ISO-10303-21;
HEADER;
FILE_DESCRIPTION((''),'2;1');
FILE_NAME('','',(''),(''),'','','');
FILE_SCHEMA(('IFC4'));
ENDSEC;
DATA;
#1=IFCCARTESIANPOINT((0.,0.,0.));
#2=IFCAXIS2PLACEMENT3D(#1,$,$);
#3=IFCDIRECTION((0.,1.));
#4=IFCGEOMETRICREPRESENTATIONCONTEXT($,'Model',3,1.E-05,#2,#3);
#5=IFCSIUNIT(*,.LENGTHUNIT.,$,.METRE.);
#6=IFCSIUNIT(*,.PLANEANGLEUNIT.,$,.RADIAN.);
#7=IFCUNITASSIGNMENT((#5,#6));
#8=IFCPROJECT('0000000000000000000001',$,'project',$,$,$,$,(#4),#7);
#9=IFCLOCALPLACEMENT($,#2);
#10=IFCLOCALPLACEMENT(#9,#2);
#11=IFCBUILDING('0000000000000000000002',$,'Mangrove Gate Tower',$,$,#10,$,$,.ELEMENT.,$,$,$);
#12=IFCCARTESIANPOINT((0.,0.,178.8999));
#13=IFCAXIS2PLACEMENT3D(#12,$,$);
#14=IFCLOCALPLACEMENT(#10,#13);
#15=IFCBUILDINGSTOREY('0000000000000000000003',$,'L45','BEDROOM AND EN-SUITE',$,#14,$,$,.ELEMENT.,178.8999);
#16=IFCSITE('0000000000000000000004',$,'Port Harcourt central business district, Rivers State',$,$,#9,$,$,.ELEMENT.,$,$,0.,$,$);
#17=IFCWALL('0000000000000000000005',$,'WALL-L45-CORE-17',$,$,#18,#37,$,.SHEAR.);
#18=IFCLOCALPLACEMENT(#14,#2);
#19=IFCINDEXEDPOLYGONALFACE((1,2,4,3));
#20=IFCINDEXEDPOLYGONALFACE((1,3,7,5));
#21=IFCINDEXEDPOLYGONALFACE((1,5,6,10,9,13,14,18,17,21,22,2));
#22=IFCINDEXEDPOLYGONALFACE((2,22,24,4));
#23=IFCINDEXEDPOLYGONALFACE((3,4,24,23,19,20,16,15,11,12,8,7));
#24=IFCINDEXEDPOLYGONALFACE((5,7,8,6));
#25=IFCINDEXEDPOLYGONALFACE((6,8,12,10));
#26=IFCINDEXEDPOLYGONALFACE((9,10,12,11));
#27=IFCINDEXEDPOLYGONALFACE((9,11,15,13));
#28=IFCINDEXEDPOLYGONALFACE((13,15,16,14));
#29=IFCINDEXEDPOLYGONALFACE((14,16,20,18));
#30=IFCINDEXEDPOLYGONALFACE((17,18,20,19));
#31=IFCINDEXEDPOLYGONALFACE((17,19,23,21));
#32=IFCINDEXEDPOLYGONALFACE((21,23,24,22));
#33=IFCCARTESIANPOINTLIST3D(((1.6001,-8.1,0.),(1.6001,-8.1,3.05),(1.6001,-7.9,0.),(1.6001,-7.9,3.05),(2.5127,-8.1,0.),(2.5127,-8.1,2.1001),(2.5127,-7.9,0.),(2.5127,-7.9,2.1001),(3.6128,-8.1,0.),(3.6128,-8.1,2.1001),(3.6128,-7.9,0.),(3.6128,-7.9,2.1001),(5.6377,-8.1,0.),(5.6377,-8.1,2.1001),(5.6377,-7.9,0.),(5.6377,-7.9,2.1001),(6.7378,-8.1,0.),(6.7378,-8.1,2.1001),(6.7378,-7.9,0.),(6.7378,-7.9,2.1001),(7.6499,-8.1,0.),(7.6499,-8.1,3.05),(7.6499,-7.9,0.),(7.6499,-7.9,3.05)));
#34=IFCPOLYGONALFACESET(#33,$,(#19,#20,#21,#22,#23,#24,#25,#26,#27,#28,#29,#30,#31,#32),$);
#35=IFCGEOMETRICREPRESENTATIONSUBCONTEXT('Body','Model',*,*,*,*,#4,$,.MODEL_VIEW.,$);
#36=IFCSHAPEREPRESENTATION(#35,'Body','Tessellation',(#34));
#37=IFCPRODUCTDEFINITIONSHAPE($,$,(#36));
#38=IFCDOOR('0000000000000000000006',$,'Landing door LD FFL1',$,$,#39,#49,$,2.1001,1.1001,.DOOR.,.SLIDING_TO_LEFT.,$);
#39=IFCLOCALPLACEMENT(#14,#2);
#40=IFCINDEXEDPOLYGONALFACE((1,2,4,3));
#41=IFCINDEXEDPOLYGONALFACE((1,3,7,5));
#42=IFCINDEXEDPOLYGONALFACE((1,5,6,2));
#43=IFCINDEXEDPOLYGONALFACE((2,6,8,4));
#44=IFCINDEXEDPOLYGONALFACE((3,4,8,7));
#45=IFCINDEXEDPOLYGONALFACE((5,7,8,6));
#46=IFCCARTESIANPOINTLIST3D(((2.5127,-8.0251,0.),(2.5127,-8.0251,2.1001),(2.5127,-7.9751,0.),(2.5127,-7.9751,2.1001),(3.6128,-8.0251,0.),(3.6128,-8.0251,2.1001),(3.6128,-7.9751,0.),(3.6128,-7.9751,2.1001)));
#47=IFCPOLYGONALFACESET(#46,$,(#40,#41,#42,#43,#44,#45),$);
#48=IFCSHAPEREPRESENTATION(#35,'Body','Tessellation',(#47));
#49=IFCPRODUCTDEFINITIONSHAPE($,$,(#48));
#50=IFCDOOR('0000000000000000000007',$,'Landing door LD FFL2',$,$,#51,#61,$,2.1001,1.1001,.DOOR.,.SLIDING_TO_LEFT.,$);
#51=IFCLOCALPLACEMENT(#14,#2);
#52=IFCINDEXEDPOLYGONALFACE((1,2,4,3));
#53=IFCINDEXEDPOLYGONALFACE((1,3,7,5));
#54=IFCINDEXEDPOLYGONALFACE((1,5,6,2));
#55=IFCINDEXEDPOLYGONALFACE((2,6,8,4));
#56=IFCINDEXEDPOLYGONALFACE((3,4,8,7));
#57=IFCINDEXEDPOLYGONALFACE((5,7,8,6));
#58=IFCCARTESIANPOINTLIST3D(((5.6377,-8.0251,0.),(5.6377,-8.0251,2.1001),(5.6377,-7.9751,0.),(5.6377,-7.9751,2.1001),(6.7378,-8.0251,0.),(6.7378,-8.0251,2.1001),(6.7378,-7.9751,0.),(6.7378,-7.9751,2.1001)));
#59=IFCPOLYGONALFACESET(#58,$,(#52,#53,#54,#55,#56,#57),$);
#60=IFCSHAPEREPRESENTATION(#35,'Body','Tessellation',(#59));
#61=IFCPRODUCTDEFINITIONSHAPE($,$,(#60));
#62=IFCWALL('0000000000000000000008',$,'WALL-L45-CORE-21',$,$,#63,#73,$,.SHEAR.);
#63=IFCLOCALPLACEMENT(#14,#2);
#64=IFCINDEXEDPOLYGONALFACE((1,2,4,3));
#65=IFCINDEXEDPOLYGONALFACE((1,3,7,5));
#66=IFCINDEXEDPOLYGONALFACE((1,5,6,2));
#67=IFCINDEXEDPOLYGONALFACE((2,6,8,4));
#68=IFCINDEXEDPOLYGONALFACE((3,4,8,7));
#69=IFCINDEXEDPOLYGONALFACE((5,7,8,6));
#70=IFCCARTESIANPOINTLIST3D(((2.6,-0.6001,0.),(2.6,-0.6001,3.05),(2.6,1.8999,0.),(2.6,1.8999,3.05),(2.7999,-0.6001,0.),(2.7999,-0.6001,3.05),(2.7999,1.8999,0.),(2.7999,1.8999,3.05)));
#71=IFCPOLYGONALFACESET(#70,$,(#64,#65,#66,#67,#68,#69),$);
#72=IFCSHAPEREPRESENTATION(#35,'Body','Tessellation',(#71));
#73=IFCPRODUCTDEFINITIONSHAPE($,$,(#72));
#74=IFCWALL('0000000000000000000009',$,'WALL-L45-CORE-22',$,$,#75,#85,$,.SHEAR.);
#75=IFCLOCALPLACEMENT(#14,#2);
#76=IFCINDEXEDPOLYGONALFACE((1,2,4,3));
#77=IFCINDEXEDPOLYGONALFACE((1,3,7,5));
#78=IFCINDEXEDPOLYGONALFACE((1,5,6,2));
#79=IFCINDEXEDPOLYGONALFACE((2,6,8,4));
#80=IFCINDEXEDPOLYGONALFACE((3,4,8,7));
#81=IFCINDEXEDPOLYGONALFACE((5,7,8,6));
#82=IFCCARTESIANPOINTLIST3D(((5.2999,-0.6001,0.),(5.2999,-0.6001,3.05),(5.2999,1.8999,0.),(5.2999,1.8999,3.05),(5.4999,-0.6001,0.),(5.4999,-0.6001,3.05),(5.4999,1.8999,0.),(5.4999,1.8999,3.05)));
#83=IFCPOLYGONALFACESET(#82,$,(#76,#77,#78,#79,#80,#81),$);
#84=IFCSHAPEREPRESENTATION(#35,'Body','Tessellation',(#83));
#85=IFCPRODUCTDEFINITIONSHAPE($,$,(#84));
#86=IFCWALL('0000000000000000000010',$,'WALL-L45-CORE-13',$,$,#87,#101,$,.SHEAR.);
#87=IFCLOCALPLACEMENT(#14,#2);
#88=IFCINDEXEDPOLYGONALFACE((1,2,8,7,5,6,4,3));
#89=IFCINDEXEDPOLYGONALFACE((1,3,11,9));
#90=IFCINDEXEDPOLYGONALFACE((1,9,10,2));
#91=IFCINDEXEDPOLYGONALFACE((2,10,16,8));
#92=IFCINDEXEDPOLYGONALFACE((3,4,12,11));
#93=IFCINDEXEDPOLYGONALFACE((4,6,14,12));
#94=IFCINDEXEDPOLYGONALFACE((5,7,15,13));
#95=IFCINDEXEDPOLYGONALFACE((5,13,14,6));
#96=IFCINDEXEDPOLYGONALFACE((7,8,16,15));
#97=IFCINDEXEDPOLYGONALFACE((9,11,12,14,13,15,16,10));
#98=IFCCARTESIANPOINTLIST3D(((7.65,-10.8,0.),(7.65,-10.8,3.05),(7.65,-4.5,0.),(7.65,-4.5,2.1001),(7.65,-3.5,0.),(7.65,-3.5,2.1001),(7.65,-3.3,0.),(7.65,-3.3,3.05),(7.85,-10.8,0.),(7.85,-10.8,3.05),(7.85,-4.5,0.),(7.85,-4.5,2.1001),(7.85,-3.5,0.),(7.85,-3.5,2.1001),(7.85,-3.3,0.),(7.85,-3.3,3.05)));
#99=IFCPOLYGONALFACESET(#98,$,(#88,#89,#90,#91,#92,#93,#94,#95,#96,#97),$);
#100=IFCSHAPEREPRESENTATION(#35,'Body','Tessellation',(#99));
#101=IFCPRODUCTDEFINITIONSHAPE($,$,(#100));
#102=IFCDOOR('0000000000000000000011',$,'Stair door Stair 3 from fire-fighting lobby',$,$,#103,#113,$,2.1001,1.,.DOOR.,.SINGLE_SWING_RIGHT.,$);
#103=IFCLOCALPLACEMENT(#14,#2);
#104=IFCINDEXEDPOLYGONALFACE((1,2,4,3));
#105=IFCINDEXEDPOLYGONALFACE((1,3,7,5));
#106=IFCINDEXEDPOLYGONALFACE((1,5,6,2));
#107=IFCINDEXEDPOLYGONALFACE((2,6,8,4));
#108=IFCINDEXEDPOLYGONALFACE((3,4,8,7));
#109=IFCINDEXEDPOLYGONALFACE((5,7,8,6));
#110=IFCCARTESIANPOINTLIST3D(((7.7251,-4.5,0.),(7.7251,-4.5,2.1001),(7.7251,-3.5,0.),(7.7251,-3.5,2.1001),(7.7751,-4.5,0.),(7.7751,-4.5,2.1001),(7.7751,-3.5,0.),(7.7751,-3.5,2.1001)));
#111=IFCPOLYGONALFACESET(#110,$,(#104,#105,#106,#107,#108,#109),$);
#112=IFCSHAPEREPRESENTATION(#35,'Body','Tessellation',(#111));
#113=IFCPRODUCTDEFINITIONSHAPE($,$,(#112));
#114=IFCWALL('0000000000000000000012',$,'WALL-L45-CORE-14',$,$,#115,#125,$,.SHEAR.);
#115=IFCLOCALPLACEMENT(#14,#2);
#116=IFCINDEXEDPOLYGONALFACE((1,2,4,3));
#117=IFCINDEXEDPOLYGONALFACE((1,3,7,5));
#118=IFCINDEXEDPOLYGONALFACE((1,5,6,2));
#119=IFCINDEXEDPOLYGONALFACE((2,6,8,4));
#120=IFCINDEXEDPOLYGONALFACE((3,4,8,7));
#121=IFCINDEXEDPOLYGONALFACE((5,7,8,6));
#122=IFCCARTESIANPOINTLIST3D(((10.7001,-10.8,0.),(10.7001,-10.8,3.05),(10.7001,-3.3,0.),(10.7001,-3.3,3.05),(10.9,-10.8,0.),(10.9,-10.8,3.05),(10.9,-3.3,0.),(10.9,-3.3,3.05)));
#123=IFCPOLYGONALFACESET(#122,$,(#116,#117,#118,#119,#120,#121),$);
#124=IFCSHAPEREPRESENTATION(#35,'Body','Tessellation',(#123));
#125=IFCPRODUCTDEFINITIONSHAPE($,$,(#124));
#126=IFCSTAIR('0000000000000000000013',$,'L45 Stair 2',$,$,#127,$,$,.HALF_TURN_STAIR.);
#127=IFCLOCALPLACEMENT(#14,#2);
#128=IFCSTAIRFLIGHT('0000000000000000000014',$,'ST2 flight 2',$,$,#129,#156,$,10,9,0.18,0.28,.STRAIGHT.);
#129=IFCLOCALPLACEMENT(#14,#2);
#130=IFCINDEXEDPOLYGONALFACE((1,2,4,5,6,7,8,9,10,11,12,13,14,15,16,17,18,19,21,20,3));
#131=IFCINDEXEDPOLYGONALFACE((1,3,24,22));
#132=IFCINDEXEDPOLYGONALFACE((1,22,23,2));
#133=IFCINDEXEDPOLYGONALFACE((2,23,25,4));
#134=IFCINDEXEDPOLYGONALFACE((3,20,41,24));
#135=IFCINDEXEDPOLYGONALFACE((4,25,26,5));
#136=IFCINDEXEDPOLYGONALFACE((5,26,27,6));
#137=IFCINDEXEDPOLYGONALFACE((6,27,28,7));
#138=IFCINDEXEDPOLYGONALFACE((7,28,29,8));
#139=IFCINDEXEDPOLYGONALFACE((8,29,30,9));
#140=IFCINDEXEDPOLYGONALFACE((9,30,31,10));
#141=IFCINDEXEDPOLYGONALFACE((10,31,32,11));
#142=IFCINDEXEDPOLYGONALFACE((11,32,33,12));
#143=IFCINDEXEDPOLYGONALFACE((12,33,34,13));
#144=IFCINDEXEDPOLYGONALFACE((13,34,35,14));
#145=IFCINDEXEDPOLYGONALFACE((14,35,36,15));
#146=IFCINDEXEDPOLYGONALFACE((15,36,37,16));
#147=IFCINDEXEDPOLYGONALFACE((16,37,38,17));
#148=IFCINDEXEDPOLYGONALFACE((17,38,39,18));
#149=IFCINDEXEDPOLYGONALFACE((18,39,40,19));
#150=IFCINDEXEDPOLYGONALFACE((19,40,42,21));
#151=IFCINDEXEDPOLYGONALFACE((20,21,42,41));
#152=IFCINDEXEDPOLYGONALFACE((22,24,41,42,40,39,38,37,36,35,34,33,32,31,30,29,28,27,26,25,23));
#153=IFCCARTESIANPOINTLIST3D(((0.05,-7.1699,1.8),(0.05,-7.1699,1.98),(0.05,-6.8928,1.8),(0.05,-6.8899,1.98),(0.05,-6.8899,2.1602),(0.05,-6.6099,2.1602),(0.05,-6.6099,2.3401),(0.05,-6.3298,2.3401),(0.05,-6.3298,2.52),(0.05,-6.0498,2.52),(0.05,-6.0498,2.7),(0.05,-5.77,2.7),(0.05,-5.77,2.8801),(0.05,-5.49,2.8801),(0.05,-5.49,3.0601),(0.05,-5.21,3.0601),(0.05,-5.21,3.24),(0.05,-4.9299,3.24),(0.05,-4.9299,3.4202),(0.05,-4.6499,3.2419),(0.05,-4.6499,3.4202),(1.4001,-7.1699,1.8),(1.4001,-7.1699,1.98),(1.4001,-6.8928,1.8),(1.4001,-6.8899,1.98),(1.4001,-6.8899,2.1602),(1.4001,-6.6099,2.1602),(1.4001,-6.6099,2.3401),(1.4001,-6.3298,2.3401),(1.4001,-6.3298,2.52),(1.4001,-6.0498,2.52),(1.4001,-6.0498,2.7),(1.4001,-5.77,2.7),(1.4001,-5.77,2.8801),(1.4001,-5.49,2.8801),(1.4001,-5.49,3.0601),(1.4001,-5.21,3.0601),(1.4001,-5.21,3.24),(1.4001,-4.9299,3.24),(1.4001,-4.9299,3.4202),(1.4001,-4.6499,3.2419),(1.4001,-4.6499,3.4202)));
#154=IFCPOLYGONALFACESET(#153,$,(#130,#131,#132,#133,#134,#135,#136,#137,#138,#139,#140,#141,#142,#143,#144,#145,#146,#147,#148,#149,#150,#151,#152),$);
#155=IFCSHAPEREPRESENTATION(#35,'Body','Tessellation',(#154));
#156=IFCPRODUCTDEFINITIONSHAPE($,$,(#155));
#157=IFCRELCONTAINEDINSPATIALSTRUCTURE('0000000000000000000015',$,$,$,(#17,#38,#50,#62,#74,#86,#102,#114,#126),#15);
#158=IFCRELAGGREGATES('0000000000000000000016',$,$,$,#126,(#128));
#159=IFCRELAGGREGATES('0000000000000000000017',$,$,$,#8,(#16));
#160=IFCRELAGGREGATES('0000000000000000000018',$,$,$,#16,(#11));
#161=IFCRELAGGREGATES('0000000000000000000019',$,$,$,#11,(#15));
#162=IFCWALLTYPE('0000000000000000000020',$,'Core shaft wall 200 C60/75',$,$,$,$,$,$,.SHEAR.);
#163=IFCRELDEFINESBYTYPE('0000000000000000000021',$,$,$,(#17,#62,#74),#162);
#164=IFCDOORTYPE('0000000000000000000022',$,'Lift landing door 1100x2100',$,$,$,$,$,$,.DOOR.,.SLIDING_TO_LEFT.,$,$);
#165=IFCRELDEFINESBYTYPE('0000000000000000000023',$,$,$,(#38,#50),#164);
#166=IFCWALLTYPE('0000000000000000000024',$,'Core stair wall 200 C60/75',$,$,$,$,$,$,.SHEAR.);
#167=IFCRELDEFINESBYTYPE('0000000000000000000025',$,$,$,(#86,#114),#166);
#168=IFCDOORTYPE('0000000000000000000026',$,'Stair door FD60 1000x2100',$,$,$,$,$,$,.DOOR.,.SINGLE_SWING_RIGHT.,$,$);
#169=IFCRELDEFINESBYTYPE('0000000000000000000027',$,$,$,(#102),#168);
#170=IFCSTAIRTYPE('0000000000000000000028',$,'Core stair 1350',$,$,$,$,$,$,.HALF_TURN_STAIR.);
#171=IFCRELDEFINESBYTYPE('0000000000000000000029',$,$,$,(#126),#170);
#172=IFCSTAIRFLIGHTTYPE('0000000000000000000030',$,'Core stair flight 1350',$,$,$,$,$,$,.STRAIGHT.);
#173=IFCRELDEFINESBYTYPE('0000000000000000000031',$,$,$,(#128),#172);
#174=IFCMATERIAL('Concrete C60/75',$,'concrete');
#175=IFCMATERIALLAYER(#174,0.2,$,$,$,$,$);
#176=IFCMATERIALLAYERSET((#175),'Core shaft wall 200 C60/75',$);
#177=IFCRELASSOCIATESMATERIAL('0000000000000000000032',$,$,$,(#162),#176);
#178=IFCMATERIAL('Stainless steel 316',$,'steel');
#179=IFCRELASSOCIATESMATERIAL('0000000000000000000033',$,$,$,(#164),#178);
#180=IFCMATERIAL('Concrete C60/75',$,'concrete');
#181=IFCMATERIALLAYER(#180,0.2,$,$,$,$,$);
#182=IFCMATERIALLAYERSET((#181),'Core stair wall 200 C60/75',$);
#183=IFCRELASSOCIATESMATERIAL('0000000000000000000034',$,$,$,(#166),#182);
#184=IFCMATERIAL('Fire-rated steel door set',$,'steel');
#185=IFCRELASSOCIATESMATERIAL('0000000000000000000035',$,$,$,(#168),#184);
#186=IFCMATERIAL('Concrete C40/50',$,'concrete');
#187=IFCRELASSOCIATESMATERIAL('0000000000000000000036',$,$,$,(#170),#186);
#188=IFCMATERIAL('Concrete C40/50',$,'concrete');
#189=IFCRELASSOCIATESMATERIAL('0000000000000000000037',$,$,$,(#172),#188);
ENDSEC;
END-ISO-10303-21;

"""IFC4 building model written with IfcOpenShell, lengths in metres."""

from ifc_helpers import new_model, si_unit, direction, frame, frame_2d, origin, place, context, subcontext, project, spatial, polyline, rectangle, outline, extrude, material, layer, layer_set, type_object, element, fill, aggregate, save


model = new_model("IFC4")

# Units and contexts
model_context = context("Model", 3, precision=1e-05, world=origin(), true_north=direction((0.0, 1.0)))
body_context = subcontext(model_context, "Body", "Model", "MODEL_VIEW")
ifc_project = project(units=[si_unit("LENGTHUNIT", "METRE"), si_unit("PLANEANGLEUNIT", "RADIAN")], contexts=[model_context])

# Site, building, storey
site_placement = place(None, origin())
site = spatial("IfcSite", under=ifc_project, at=site_placement, Name="Port Harcourt central business district, Rivers State", CompositionType="ELEMENT", RefElevation=0.0)
building_placement = place(site_placement, origin())
building = spatial("IfcBuilding", under=site, at=building_placement, Name="Mangrove Gate Tower", CompositionType="ELEMENT")
storey_placement = place(building_placement, frame((0.0, 0.0, 178.8999)))
storey = spatial("IfcBuildingStorey", under=building, at=storey_placement, Name="L45", Description="BEDROOM AND EN-SUITE", CompositionType="ELEMENT", Elevation=178.8999)

# Wall, openings, doors
ifc_material_1 = material(Name="Concrete C60/75", Category="concrete")
ifc_layer_1 = layer(ifc_material_1, 0.2)
ifc_layer_set_1 = layer_set([ifc_layer_1], Name="Core shaft wall 200 C60/75")
wall_type_1 = type_object("IfcWallType", Name="Core shaft wall 200 C60/75", PredefinedType="SHEAR", material=ifc_layer_set_1)
wall_1_placement = place(storey_placement, frame((1.6001, -8.0, 0.0), z_axis=(0.0, 0.0, 1.0), x_axis=(1.0, 0.0, 0.0)))
wall_1 = element("IfcWall", 1, at=wall_1_placement, inside=storey, type_object=wall_type_1, Name="WALL-L45-CORE-17", PredefinedType="SHEAR", context=body_context, shape_type="SweptSolid", body=[
    extrude(rectangle(XDim=6.0498, YDim=0.2, at=frame_2d((3.0249, 0.0))), origin(), (0.0, 0.0, 1.0), 3.05),
])
opening_1_placement = place(wall_1_placement, frame((0.9126, 0.0, 0.0)))
opening_1 = element("IfcOpeningElement", 2, at=opening_1_placement, cuts=wall_1, PredefinedType="OPENING", context=body_context, shape_type="SweptSolid", body=[
    extrude(rectangle(XDim=1.1001, YDim=2.1001, at=frame_2d((0.55, 1.05))), frame((0.0, 0.1099, 0.0), z_axis=(0.0, -1.0, 0.0), x_axis=(1.0, 0.0, 0.0)), (0.0, 0.0, 1.0), 0.22),
])
opening_2_placement = place(wall_1_placement, frame((4.0376, 0.0, 0.0)))
opening_2 = element("IfcOpeningElement", 3, at=opening_2_placement, cuts=wall_1, PredefinedType="OPENING", context=body_context, shape_type="SweptSolid", body=[
    extrude(rectangle(XDim=1.1001, YDim=2.1001, at=frame_2d((0.55, 1.05))), frame((0.0, 0.1099, 0.0), z_axis=(0.0, -1.0, 0.0), x_axis=(1.0, 0.0, 0.0)), (0.0, 0.0, 1.0), 0.22),
])
ifc_material_2 = material(Name="Stainless steel 316", Category="steel")
door_type_1 = type_object("IfcDoorType", Name="Lift landing door 1100x2100", OperationType="SLIDING_TO_LEFT", PredefinedType="DOOR", material=ifc_material_2)
door_1_placement = place(opening_1_placement, origin())
door_1 = element("IfcDoor", 4, at=door_1_placement, inside=storey, type_object=door_type_1, Name="Landing door LD FFL1", OperationType="SLIDING_TO_LEFT", OverallHeight=2.1001, OverallWidth=1.1001, PredefinedType="DOOR", context=body_context, shape_type="SweptSolid", body=[
    extrude(rectangle(XDim=1.1001, YDim=2.1001, at=frame_2d((0.55, 1.05))), frame((0.0, 0.0249, 0.0), z_axis=(0.0, -1.0, 0.0), x_axis=(1.0, 0.0, 0.0)), (0.0, 0.0, 1.0), 0.05),
])
fill(opening_1, door_1)
door_2_placement = place(opening_2_placement, origin())
door_2 = element("IfcDoor", 5, at=door_2_placement, inside=storey, type_object=door_type_1, Name="Landing door LD FFL2", OperationType="SLIDING_TO_LEFT", OverallHeight=2.1001, OverallWidth=1.1001, PredefinedType="DOOR", context=body_context, shape_type="SweptSolid", body=[
    extrude(rectangle(XDim=1.1001, YDim=2.1001, at=frame_2d((0.55, 1.05))), frame((0.0, 0.0249, 0.0), z_axis=(0.0, -1.0, 0.0), x_axis=(1.0, 0.0, 0.0)), (0.0, 0.0, 1.0), 0.05),
])
fill(opening_2, door_2)

# Walls
for number, where, z_axis, x_axis, name in (
    (6, (2.7, -0.6001, 0.0), (0.0, 0.0, 1.0), (0.0, 1.0, 0.0), "WALL-L45-CORE-21"),
    (7, (5.3999, -0.6001, 0.0), (0.0, 0.0, 1.0), (0.0, 1.0, 0.0), "WALL-L45-CORE-22"),
):
    element("IfcWall", number, at=place(storey_placement, frame(where, z_axis=z_axis, x_axis=x_axis)), inside=storey, type_object=wall_type_1, Name=name, PredefinedType="SHEAR", context=body_context, shape_type="SweptSolid", body=[
        extrude(rectangle(XDim=2.5, YDim=0.2, at=frame_2d((1.25, 0.0))), origin(), (0.0, 0.0, 1.0), 3.05),
    ])

# Wall, opening, door
ifc_material_3 = material(Name="Concrete C60/75", Category="concrete")
ifc_layer_2 = layer(ifc_material_3, 0.2)
ifc_layer_set_2 = layer_set([ifc_layer_2], Name="Core stair wall 200 C60/75")
wall_type_2 = type_object("IfcWallType", Name="Core stair wall 200 C60/75", PredefinedType="SHEAR", material=ifc_layer_set_2)
wall_2_placement = place(storey_placement, frame((7.75, -10.8, 0.0), z_axis=(0.0, 0.0, 1.0), x_axis=(0.0, 1.0, 0.0)))
wall_2 = element("IfcWall", 8, at=wall_2_placement, inside=storey, type_object=wall_type_2, Name="WALL-L45-CORE-13", PredefinedType="SHEAR", context=body_context, shape_type="SweptSolid", body=[
    extrude(rectangle(XDim=7.5, YDim=0.2, at=frame_2d((3.75, 0.0))), origin(), (0.0, 0.0, 1.0), 3.05),
])
opening_3_placement = place(wall_2_placement, frame((6.3, 0.0, 0.0)))
opening_3 = element("IfcOpeningElement", 9, at=opening_3_placement, cuts=wall_2, PredefinedType="OPENING", context=body_context, shape_type="SweptSolid", body=[
    extrude(rectangle(XDim=1.0, YDim=2.1001, at=frame_2d((0.5, 1.05))), frame((0.0, 0.1099, 0.0), z_axis=(0.0, -1.0, 0.0), x_axis=(1.0, 0.0, 0.0)), (0.0, 0.0, 1.0), 0.22),
])
ifc_material_4 = material(Name="Fire-rated steel door set", Category="steel")
door_type_2 = type_object("IfcDoorType", Name="Stair door FD60 1000x2100", OperationType="SINGLE_SWING_RIGHT", PredefinedType="DOOR", material=ifc_material_4)
door_3_placement = place(opening_3_placement, origin())
door_3 = element("IfcDoor", 10, at=door_3_placement, inside=storey, type_object=door_type_2, Name="Stair door Stair 3 from fire-fighting lobby", OperationType="SINGLE_SWING_RIGHT", OverallHeight=2.1001, OverallWidth=1.0, PredefinedType="DOOR", context=body_context, shape_type="SweptSolid", body=[
    extrude(rectangle(XDim=1.0, YDim=2.1001, at=frame_2d((0.5, 1.05))), frame((0.0, 0.0249, 0.0), z_axis=(0.0, -1.0, 0.0), x_axis=(1.0, 0.0, 0.0)), (0.0, 0.0, 1.0), 0.05),
])
fill(opening_3, door_3)

# Wall
wall_3_placement = place(storey_placement, frame((10.8, -10.8, 0.0), z_axis=(0.0, 0.0, 1.0), x_axis=(0.0, 1.0, 0.0)))
element("IfcWall", 11, at=wall_3_placement, inside=storey, type_object=wall_type_2, Name="WALL-L45-CORE-14", PredefinedType="SHEAR", context=body_context, shape_type="SweptSolid", body=[
    extrude(rectangle(XDim=7.5, YDim=0.2, at=frame_2d((3.75, 0.0))), origin(), (0.0, 0.0, 1.0), 3.05),
])

# Stair, stair flight
ifc_material_5 = material(Name="Concrete C40/50", Category="concrete")
stair_type = type_object("IfcStairType", Name="Core stair 1350", PredefinedType="HALF_TURN_STAIR", material=ifc_material_5)
stair_1_placement = place(storey_placement, origin())
stair_1 = element("IfcStair", 12, at=stair_1_placement, inside=storey, type_object=stair_type, Name="L45 Stair 2", PredefinedType="HALF_TURN_STAIR")
ifc_material_6 = material(Name="Concrete C40/50", Category="concrete")
stair_flight_type = type_object("IfcStairFlightType", Name="Core stair flight 1350", PredefinedType="STRAIGHT", material=ifc_material_6)
stair_flight_1_placement = place(storey_placement, frame((0.7251, -7.1699, 1.8), z_axis=(0.0, 0.0, 1.0), x_axis=(0.0, 1.0, 0.0)))
stair_flight_1 = element("IfcStairFlight", 13, at=stair_flight_1_placement, type_object=stair_flight_type, Name="ST2 flight 2", NumberOfRisers=10, NumberOfTreads=9, PredefinedType="STRAIGHT", RiserHeight=0.18, TreadLength=0.28, context=body_context, shape_type="SweptSolid", body=[
    extrude(outline(polyline([(0.0, 0.0), (0.0, 0.1799), (0.28, 0.1799), (0.28, 0.3601), (0.5601, 0.3601), (0.5601, 0.54), (0.8401, 0.54), (0.8401, 0.72), (1.1201, 0.72), (1.1201, 0.8999), (1.3999, 0.8999), (1.3999, 1.0801), (1.6799, 1.0801), (1.6799, 1.26), (1.96, 1.26), (1.96, 1.4399), (2.24, 1.4399), (2.24, 1.6201), (2.52, 1.6201), (2.52, 1.8), (2.52, 1.4419), (0.2771, 0.0), (0.0, 0.0)])), frame((0.0, 0.675, 0.0), z_axis=(0.0, -1.0, 0.0), x_axis=(1.0, 0.0, 0.0)), (0.0, 0.0, 1.0), 1.3501),
])
aggregate(stair_1, [stair_flight_1])

save(model, "model.ifc")
